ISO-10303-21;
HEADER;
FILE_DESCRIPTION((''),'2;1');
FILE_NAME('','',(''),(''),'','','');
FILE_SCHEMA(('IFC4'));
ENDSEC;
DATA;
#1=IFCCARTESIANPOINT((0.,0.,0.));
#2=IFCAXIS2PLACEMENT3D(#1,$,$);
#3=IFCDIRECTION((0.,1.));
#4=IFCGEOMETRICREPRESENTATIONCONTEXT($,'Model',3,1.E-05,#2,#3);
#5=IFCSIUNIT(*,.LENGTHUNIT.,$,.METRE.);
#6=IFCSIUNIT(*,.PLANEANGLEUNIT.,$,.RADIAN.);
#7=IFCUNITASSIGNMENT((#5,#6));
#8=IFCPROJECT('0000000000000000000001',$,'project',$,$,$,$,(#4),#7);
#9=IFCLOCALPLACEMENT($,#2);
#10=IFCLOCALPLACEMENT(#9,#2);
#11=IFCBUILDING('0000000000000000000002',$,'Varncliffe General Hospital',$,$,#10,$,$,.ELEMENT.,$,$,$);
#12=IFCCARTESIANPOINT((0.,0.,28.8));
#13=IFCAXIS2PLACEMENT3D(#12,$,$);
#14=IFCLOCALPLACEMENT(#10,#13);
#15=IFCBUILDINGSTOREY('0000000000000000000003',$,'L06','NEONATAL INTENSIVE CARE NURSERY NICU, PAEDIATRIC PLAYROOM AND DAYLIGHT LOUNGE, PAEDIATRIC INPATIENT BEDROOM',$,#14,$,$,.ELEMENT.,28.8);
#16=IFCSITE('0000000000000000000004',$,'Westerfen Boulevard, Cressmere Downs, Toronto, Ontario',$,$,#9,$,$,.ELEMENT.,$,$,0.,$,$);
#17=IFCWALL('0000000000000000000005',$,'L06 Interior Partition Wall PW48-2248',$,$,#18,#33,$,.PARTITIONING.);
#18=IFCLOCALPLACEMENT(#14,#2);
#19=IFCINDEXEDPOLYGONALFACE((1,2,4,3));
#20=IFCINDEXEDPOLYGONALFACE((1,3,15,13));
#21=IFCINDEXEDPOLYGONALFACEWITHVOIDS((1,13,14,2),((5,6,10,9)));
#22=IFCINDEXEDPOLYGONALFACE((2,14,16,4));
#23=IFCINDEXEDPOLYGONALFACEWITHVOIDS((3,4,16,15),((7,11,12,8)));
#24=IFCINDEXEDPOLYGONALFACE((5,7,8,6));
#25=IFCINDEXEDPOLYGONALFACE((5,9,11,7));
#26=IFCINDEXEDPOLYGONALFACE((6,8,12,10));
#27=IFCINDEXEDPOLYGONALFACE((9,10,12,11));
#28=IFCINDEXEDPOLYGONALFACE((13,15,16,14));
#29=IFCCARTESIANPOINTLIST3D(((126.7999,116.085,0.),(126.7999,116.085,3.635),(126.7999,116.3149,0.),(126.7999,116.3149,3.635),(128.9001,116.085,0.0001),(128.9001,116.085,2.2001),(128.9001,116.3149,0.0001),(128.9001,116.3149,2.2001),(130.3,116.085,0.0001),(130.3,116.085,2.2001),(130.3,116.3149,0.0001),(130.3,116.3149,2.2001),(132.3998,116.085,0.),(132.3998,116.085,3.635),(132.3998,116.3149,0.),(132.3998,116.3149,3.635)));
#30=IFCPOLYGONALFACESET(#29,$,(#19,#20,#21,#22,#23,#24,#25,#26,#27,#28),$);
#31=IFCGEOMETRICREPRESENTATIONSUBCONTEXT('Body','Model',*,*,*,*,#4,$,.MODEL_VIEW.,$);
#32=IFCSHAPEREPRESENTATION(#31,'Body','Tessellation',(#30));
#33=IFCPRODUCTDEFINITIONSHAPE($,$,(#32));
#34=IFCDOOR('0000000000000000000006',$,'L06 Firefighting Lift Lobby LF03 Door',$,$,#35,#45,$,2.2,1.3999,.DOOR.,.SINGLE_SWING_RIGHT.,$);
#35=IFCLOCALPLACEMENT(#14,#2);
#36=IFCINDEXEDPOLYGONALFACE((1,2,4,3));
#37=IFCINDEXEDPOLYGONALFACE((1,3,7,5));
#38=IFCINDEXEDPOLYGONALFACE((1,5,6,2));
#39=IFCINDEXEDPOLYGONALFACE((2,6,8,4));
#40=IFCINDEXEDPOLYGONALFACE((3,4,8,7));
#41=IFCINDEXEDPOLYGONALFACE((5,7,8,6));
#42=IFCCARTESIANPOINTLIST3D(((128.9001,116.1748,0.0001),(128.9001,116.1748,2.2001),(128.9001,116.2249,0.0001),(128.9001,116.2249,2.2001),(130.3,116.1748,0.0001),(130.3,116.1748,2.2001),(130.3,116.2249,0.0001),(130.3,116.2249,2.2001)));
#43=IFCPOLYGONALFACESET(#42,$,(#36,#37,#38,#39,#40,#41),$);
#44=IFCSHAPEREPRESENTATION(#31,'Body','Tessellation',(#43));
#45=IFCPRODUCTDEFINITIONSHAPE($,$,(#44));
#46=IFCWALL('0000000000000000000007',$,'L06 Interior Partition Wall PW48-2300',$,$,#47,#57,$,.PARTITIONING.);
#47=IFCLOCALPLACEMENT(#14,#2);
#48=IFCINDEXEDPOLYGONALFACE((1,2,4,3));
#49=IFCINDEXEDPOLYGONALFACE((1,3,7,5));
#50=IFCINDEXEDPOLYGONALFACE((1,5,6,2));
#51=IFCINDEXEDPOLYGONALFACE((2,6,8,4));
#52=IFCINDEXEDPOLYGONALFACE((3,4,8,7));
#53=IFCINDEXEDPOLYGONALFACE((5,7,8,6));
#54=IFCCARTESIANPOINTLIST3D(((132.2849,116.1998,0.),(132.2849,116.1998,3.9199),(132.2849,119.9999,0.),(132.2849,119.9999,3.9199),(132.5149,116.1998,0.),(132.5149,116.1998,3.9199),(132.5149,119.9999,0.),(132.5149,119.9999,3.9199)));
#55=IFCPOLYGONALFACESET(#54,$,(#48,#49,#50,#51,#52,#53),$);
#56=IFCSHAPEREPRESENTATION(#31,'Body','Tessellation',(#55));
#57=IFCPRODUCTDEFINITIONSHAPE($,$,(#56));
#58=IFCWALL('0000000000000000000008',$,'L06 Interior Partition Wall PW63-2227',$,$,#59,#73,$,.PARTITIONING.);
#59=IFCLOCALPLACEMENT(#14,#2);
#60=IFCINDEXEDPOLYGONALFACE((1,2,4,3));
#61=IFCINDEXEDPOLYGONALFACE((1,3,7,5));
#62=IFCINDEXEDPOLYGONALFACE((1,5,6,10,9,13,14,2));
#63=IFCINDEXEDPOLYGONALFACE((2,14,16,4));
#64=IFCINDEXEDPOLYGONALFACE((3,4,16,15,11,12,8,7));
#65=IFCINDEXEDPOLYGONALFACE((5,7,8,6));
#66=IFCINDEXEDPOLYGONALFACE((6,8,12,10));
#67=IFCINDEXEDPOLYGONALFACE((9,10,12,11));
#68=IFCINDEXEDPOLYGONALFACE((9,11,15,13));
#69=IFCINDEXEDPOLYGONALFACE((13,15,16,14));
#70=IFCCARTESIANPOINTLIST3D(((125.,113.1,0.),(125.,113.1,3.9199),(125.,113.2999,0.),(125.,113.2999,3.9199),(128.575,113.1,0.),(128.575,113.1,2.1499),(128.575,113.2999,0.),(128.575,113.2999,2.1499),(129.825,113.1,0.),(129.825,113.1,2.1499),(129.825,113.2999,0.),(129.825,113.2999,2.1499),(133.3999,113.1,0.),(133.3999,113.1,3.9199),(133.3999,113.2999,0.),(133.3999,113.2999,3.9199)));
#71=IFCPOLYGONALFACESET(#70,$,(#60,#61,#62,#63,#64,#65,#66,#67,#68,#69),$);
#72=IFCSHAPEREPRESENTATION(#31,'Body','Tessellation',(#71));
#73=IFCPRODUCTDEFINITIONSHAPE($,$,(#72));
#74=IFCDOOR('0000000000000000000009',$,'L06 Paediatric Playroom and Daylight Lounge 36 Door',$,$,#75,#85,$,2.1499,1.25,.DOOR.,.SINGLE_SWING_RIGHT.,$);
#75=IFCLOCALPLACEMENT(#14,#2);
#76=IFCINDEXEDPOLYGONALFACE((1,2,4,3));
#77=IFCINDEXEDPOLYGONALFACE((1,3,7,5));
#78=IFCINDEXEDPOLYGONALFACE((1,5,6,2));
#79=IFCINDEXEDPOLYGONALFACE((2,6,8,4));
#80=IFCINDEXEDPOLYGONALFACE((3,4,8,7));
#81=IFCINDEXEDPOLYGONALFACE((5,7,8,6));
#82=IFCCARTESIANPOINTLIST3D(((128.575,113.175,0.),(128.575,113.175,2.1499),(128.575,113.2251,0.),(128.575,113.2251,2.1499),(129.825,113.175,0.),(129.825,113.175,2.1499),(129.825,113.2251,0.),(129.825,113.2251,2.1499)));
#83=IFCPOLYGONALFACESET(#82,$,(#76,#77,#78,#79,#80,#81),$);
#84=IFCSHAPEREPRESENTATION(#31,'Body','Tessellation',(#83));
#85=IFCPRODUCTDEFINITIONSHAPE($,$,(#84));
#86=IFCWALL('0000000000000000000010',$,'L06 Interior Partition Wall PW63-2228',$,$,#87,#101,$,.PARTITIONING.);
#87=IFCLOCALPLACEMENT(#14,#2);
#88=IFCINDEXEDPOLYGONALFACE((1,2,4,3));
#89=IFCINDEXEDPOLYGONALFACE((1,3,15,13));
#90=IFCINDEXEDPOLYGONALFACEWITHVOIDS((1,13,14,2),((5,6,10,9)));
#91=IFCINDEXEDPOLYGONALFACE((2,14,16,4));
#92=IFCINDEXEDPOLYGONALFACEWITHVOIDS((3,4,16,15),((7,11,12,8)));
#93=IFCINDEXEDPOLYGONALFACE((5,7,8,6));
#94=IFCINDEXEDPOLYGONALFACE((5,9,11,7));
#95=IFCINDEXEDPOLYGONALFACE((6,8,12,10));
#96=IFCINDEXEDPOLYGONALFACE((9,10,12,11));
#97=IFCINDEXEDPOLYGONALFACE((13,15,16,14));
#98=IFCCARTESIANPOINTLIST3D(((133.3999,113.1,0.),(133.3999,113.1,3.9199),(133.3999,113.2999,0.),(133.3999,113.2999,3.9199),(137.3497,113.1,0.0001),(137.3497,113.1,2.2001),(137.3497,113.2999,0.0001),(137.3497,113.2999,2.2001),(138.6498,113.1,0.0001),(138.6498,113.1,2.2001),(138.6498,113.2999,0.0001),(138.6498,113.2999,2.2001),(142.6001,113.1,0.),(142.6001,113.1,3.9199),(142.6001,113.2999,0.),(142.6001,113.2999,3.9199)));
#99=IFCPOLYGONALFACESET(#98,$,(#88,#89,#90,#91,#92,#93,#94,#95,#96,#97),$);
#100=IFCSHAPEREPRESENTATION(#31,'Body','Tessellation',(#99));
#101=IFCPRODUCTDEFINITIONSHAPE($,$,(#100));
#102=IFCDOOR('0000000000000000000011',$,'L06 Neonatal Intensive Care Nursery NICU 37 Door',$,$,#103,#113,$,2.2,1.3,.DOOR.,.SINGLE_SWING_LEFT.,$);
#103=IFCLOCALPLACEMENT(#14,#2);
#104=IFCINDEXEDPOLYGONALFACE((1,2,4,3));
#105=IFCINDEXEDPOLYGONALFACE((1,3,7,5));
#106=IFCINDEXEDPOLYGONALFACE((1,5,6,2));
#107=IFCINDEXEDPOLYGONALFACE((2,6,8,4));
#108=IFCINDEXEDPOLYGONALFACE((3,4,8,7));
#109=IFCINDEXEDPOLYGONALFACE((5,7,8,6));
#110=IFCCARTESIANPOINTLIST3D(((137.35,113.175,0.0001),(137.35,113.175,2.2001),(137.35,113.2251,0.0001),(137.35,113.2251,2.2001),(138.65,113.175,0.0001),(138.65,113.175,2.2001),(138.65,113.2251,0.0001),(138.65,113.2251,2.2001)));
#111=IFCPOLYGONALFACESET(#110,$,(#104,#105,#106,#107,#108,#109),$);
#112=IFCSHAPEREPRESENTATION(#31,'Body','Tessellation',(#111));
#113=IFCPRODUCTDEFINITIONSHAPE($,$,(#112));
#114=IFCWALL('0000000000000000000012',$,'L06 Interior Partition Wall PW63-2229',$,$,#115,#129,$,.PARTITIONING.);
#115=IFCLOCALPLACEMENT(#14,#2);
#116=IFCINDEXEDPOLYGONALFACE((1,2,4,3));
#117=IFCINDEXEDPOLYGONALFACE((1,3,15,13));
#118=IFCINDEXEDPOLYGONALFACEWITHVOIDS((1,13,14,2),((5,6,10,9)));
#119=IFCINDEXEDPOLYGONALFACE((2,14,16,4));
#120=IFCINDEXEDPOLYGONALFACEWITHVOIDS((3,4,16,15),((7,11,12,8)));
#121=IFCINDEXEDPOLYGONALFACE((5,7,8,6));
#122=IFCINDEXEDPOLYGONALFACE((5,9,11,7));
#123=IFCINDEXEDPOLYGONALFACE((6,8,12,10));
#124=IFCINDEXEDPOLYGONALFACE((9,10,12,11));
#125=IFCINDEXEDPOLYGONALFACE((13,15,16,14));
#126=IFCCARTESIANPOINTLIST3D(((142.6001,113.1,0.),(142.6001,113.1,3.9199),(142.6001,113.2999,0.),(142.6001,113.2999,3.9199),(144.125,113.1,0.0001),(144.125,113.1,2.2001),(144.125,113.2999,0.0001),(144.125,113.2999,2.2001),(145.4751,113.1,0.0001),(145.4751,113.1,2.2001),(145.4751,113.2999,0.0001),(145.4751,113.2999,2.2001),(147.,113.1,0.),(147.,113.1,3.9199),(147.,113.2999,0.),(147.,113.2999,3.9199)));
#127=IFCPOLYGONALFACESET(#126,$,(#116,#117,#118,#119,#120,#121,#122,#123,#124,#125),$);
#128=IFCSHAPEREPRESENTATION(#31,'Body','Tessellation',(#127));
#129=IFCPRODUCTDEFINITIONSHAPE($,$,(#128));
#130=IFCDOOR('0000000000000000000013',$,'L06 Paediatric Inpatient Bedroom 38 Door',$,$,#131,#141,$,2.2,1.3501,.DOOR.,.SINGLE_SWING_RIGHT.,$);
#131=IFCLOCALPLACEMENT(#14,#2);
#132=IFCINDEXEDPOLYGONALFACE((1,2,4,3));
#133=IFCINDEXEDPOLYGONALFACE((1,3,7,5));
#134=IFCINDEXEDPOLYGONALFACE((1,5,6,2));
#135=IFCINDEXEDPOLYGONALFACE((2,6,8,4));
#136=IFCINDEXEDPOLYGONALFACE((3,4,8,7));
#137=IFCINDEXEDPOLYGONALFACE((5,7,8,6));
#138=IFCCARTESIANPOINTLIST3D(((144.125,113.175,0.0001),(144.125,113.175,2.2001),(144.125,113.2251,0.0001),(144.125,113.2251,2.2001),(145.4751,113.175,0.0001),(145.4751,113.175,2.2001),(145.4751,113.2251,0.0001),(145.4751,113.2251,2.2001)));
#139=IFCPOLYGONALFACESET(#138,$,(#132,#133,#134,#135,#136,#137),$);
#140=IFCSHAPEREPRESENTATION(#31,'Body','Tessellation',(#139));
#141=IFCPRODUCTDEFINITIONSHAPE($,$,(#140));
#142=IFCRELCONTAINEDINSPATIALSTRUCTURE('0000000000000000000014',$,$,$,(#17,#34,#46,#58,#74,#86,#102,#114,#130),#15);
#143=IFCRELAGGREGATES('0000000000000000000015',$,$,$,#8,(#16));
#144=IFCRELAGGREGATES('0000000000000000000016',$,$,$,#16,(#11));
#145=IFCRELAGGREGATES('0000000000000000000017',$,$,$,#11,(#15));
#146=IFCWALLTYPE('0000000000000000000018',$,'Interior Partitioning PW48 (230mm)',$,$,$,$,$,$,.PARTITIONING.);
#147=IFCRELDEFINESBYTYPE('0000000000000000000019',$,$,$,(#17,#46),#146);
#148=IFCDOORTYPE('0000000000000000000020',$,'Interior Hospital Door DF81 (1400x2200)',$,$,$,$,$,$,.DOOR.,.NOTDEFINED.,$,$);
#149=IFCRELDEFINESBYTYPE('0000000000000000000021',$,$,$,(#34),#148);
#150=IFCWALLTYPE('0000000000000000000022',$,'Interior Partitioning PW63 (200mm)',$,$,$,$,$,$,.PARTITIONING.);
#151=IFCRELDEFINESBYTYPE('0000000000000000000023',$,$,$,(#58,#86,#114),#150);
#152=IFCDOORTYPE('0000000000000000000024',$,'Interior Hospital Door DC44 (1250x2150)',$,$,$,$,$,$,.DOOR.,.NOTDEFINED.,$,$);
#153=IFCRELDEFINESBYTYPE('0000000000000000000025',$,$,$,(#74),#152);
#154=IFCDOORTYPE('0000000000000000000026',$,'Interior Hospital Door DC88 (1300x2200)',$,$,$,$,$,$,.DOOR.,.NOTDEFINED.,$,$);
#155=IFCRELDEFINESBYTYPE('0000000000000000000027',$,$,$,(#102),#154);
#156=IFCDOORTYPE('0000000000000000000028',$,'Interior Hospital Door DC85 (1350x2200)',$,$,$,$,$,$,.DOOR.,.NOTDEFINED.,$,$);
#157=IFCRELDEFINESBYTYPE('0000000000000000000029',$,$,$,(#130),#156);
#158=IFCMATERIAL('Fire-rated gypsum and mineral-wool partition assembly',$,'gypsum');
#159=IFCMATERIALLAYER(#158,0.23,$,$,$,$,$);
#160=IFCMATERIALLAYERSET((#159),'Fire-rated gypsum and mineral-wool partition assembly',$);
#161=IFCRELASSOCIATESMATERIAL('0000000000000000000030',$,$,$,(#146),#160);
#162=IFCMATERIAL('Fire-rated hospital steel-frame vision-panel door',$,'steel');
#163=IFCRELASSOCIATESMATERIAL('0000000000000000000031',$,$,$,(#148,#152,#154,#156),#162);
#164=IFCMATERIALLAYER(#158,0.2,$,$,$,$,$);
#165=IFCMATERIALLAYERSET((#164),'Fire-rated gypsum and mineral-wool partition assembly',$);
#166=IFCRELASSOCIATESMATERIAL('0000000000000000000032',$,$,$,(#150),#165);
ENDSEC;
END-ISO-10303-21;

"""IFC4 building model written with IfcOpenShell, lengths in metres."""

from ifc_helpers import new_model, si_unit, direction, frame, frame_2d, origin, place, context, subcontext, project, spatial, rectangle, extrude, material, layer, layer_set, type_object, element, fill, save


model = new_model("IFC4")

# Units and contexts
model_context = context("Model", 3, precision=1e-05, world=origin(), true_north=direction((0.0, 1.0)))
body_context = subcontext(model_context, "Body", "Model", "MODEL_VIEW")
ifc_project = project(units=[si_unit("LENGTHUNIT", "METRE"), si_unit("PLANEANGLEUNIT", "RADIAN")], contexts=[model_context])

# Site, building, storey
site_placement = place(None, origin())
site = spatial("IfcSite", under=ifc_project, at=site_placement, Name="Westerfen Boulevard, Cressmere Downs, Toronto, Ontario", CompositionType="ELEMENT", RefElevation=0.0)
building_placement = place(site_placement, origin())
building = spatial("IfcBuilding", under=site, at=building_placement, Name="Varncliffe General Hospital", CompositionType="ELEMENT")
storey_placement = place(building_placement, frame((0.0, 0.0, 28.8)))
storey = spatial("IfcBuildingStorey", under=building, at=storey_placement, Name="L06", Description="NEONATAL INTENSIVE CARE NURSERY NICU, PAEDIATRIC PLAYROOM AND DAYLIGHT LOUNGE, PAEDIATRIC INPATIENT BEDROOM", CompositionType="ELEMENT", Elevation=28.8)

# Shared definitions
ifc_material_1 = material(Name="Fire-rated gypsum and mineral-wool partition assembly", Category="gypsum")

# Wall, opening, door
ifc_layer_1 = layer(ifc_material_1, 0.23)
ifc_layer_set_1 = layer_set([ifc_layer_1], Name="Fire-rated gypsum and mineral-wool partition assembly")
wall_type_1 = type_object("IfcWallType", Name="Interior Partitioning PW48 (230mm)", PredefinedType="PARTITIONING", material=ifc_layer_set_1)
wall_1_placement = place(storey_placement, frame((126.8, 116.2, 0.0), z_axis=(0.0, 0.0, 1.0), x_axis=(1.0, 0.0, 0.0)))
wall_1 = element("IfcWall", 1, at=wall_1_placement, inside=storey, type_object=wall_type_1, Name="L06 Interior Partition Wall PW48-2248", PredefinedType="PARTITIONING", context=body_context, shape_type="SweptSolid", body=[
    extrude(rectangle(XDim=5.5999, YDim=0.23, at=frame_2d((2.7998, 0.0))), origin(), (0.0, 0.0, 1.0), 3.635),
])
opening_1_placement = place(wall_1_placement, frame((2.1001, 0.0, 0.0)))
opening_1 = element("IfcOpeningElement", 2, at=opening_1_placement, cuts=wall_1, PredefinedType="OPENING", context=body_context, shape_type="SweptSolid", body=[
    extrude(rectangle(XDim=1.3999, YDim=2.2, at=frame_2d((0.7, 1.1001))), frame((0.0, 0.125, 0.0), z_axis=(0.0, -1.0, 0.0), x_axis=(1.0, 0.0, 0.0)), (0.0, 0.0, 1.0), 0.25),
])
ifc_material_2 = material(Name="Fire-rated hospital steel-frame vision-panel door", Category="steel")
door_type_1 = type_object("IfcDoorType", Name="Interior Hospital Door DF81 (1400x2200)", OperationType="NOTDEFINED", PredefinedType="DOOR", material=ifc_material_2)
door_1_placement = place(opening_1_placement, origin())
door_1 = element("IfcDoor", 3, at=door_1_placement, inside=storey, type_object=door_type_1, Name="L06 Firefighting Lift Lobby LF03 Door", OperationType="SINGLE_SWING_RIGHT", OverallHeight=2.2, OverallWidth=1.3999, PredefinedType="DOOR", context=body_context, shape_type="SweptSolid", body=[
    extrude(rectangle(XDim=1.3999, YDim=2.2, at=frame_2d((0.7, 1.1001))), frame((0.0, 0.0249, 0.0), z_axis=(0.0, -1.0, 0.0), x_axis=(1.0, 0.0, 0.0)), (0.0, 0.0, 1.0), 0.05),
])
fill(opening_1, door_1)

# Wall
wall_2_placement = place(storey_placement, frame((132.3999, 116.2, 0.0), z_axis=(0.0, 0.0, 1.0), x_axis=(0.0, 1.0, 0.0)))
element("IfcWall", 4, at=wall_2_placement, inside=storey, type_object=wall_type_1, Name="L06 Interior Partition Wall PW48-2300", PredefinedType="PARTITIONING", context=body_context, shape_type="SweptSolid", body=[
    extrude(rectangle(XDim=3.8, YDim=0.23, at=frame_2d((1.8999, 0.0))), origin(), (0.0, 0.0, 1.0), 3.9199),
])

# Walls, openings, doors
ifc_layer_2 = layer(ifc_material_1, 0.2)
ifc_layer_set_2 = layer_set([ifc_layer_2], Name="Fire-rated gypsum and mineral-wool partition assembly")
wall_type_2 = type_object("IfcWallType", Name="Interior Partitioning PW63 (200mm)", PredefinedType="PARTITIONING", material=ifc_layer_set_2)
wall_3_placement = place(storey_placement, frame((125.0, 113.2, 0.0), z_axis=(0.0, 0.0, 1.0), x_axis=(1.0, 0.0, 0.0)))
wall_3 = element("IfcWall", 5, at=wall_3_placement, inside=storey, type_object=wall_type_2, Name="L06 Interior Partition Wall PW63-2227", PredefinedType="PARTITIONING", context=body_context, shape_type="SweptSolid", body=[
    extrude(rectangle(XDim=8.3999, YDim=0.2, at=frame_2d((4.2, 0.0))), origin(), (0.0, 0.0, 1.0), 3.9199),
])
opening_2_placement = place(wall_3_placement, frame((3.575, 0.0, 0.0)))
opening_2 = element("IfcOpeningElement", 6, at=opening_2_placement, cuts=wall_3, PredefinedType="OPENING", context=body_context, shape_type="SweptSolid", body=[
    extrude(rectangle(XDim=1.25, YDim=2.1499, at=frame_2d((0.625, 1.075))), frame((0.0, 0.1099, 0.0), z_axis=(0.0, -1.0, 0.0), x_axis=(1.0, 0.0, 0.0)), (0.0, 0.0, 1.0), 0.22),
])
door_type_2 = type_object("IfcDoorType", Name="Interior Hospital Door DC44 (1250x2150)", OperationType="NOTDEFINED", PredefinedType="DOOR", material=ifc_material_2)
door_2_placement = place(opening_2_placement, frame((1.25, 0.0, 0.0), z_axis=(0.0, 0.0, 1.0), x_axis=(-1.0, 0.0, 0.0)))
door_2 = element("IfcDoor", 7, at=door_2_placement, inside=storey, type_object=door_type_2, Name="L06 Paediatric Playroom and Daylight Lounge 36 Door", OperationType="SINGLE_SWING_RIGHT", OverallHeight=2.1499, OverallWidth=1.25, PredefinedType="DOOR", context=body_context, shape_type="SweptSolid", body=[
    extrude(rectangle(XDim=1.25, YDim=2.1499, at=frame_2d((0.625, 1.075))), frame((0.0, 0.0249, 0.0), z_axis=(0.0, -1.0, 0.0), x_axis=(1.0, 0.0, 0.0)), (0.0, 0.0, 1.0), 0.05),
])
fill(opening_2, door_2)
wall_4_placement = place(storey_placement, frame((133.3999, 113.2, 0.0), z_axis=(0.0, 0.0, 1.0), x_axis=(1.0, 0.0, 0.0)))
wall_4 = element("IfcWall", 8, at=wall_4_placement, inside=storey, type_object=wall_type_2, Name="L06 Interior Partition Wall PW63-2228", PredefinedType="PARTITIONING", context=body_context, shape_type="SweptSolid", body=[
    extrude(rectangle(XDim=9.2002, YDim=0.2, at=frame_2d((4.6001, 0.0))), origin(), (0.0, 0.0, 1.0), 3.9199),
])
opening_3_placement = place(wall_4_placement, frame((3.95, 0.0, 0.0)))
opening_3 = element("IfcOpeningElement", 9, at=opening_3_placement, cuts=wall_4, PredefinedType="OPENING", context=body_context, shape_type="SweptSolid", body=[
    extrude(rectangle(XDim=1.3, YDim=2.2, at=frame_2d((0.6499, 1.1001))), frame((0.0, 0.1099, 0.0), z_axis=(0.0, -1.0, 0.0), x_axis=(1.0, 0.0, 0.0)), (0.0, 0.0, 1.0), 0.22),
])
door_type_3 = type_object("IfcDoorType", Name="Interior Hospital Door DC88 (1300x2200)", OperationType="NOTDEFINED", PredefinedType="DOOR", material=ifc_material_2)
door_3_placement = place(opening_3_placement, frame((1.3, 0.0, 0.0), z_axis=(0.0, 0.0, 1.0), x_axis=(-1.0, 0.0, 0.0)))
door_3 = element("IfcDoor", 10, at=door_3_placement, inside=storey, type_object=door_type_3, Name="L06 Neonatal Intensive Care Nursery NICU 37 Door", OperationType="SINGLE_SWING_LEFT", OverallHeight=2.2, OverallWidth=1.3, PredefinedType="DOOR", context=body_context, shape_type="SweptSolid", body=[
    extrude(rectangle(XDim=1.3, YDim=2.2, at=frame_2d((0.6499, 1.1001))), frame((0.0, 0.0249, 0.0), z_axis=(0.0, -1.0, 0.0), x_axis=(1.0, 0.0, 0.0)), (0.0, 0.0, 1.0), 0.05),
])
fill(opening_3, door_3)
wall_5_placement = place(storey_placement, frame((142.6001, 113.2, 0.0), z_axis=(0.0, 0.0, 1.0), x_axis=(1.0, 0.0, 0.0)))
wall_5 = element("IfcWall", 11, at=wall_5_placement, inside=storey, type_object=wall_type_2, Name="L06 Interior Partition Wall PW63-2229", PredefinedType="PARTITIONING", context=body_context, shape_type="SweptSolid", body=[
    extrude(rectangle(XDim=4.3999, YDim=0.2, at=frame_2d((2.2, 0.0))), origin(), (0.0, 0.0, 1.0), 3.9199),
])
opening_4_placement = place(wall_5_placement, frame((1.5249, 0.0, 0.0)))
opening_4 = element("IfcOpeningElement", 12, at=opening_4_placement, cuts=wall_5, PredefinedType="OPENING", context=body_context, shape_type="SweptSolid", body=[
    extrude(rectangle(XDim=1.3501, YDim=2.2, at=frame_2d((0.675, 1.1001))), frame((0.0, 0.1099, 0.0), z_axis=(0.0, -1.0, 0.0), x_axis=(1.0, 0.0, 0.0)), (0.0, 0.0, 1.0), 0.22),
])
door_type_4 = type_object("IfcDoorType", Name="Interior Hospital Door DC85 (1350x2200)", OperationType="NOTDEFINED", PredefinedType="DOOR", material=ifc_material_2)
door_4_placement = place(opening_4_placement, frame((1.3501, 0.0, 0.0), z_axis=(0.0, 0.0, 1.0), x_axis=(-1.0, 0.0, 0.0)))
door_4 = element("IfcDoor", 13, at=door_4_placement, inside=storey, type_object=door_type_4, Name="L06 Paediatric Inpatient Bedroom 38 Door", OperationType="SINGLE_SWING_RIGHT", OverallHeight=2.2, OverallWidth=1.3501, PredefinedType="DOOR", context=body_context, shape_type="SweptSolid", body=[
    extrude(rectangle(XDim=1.3501, YDim=2.2, at=frame_2d((0.675, 1.1001))), frame((0.0, 0.0249, 0.0), z_axis=(0.0, -1.0, 0.0), x_axis=(1.0, 0.0, 0.0)), (0.0, 0.0, 1.0), 0.05),
])
fill(opening_4, door_4)

save(model, "model.ifc")
